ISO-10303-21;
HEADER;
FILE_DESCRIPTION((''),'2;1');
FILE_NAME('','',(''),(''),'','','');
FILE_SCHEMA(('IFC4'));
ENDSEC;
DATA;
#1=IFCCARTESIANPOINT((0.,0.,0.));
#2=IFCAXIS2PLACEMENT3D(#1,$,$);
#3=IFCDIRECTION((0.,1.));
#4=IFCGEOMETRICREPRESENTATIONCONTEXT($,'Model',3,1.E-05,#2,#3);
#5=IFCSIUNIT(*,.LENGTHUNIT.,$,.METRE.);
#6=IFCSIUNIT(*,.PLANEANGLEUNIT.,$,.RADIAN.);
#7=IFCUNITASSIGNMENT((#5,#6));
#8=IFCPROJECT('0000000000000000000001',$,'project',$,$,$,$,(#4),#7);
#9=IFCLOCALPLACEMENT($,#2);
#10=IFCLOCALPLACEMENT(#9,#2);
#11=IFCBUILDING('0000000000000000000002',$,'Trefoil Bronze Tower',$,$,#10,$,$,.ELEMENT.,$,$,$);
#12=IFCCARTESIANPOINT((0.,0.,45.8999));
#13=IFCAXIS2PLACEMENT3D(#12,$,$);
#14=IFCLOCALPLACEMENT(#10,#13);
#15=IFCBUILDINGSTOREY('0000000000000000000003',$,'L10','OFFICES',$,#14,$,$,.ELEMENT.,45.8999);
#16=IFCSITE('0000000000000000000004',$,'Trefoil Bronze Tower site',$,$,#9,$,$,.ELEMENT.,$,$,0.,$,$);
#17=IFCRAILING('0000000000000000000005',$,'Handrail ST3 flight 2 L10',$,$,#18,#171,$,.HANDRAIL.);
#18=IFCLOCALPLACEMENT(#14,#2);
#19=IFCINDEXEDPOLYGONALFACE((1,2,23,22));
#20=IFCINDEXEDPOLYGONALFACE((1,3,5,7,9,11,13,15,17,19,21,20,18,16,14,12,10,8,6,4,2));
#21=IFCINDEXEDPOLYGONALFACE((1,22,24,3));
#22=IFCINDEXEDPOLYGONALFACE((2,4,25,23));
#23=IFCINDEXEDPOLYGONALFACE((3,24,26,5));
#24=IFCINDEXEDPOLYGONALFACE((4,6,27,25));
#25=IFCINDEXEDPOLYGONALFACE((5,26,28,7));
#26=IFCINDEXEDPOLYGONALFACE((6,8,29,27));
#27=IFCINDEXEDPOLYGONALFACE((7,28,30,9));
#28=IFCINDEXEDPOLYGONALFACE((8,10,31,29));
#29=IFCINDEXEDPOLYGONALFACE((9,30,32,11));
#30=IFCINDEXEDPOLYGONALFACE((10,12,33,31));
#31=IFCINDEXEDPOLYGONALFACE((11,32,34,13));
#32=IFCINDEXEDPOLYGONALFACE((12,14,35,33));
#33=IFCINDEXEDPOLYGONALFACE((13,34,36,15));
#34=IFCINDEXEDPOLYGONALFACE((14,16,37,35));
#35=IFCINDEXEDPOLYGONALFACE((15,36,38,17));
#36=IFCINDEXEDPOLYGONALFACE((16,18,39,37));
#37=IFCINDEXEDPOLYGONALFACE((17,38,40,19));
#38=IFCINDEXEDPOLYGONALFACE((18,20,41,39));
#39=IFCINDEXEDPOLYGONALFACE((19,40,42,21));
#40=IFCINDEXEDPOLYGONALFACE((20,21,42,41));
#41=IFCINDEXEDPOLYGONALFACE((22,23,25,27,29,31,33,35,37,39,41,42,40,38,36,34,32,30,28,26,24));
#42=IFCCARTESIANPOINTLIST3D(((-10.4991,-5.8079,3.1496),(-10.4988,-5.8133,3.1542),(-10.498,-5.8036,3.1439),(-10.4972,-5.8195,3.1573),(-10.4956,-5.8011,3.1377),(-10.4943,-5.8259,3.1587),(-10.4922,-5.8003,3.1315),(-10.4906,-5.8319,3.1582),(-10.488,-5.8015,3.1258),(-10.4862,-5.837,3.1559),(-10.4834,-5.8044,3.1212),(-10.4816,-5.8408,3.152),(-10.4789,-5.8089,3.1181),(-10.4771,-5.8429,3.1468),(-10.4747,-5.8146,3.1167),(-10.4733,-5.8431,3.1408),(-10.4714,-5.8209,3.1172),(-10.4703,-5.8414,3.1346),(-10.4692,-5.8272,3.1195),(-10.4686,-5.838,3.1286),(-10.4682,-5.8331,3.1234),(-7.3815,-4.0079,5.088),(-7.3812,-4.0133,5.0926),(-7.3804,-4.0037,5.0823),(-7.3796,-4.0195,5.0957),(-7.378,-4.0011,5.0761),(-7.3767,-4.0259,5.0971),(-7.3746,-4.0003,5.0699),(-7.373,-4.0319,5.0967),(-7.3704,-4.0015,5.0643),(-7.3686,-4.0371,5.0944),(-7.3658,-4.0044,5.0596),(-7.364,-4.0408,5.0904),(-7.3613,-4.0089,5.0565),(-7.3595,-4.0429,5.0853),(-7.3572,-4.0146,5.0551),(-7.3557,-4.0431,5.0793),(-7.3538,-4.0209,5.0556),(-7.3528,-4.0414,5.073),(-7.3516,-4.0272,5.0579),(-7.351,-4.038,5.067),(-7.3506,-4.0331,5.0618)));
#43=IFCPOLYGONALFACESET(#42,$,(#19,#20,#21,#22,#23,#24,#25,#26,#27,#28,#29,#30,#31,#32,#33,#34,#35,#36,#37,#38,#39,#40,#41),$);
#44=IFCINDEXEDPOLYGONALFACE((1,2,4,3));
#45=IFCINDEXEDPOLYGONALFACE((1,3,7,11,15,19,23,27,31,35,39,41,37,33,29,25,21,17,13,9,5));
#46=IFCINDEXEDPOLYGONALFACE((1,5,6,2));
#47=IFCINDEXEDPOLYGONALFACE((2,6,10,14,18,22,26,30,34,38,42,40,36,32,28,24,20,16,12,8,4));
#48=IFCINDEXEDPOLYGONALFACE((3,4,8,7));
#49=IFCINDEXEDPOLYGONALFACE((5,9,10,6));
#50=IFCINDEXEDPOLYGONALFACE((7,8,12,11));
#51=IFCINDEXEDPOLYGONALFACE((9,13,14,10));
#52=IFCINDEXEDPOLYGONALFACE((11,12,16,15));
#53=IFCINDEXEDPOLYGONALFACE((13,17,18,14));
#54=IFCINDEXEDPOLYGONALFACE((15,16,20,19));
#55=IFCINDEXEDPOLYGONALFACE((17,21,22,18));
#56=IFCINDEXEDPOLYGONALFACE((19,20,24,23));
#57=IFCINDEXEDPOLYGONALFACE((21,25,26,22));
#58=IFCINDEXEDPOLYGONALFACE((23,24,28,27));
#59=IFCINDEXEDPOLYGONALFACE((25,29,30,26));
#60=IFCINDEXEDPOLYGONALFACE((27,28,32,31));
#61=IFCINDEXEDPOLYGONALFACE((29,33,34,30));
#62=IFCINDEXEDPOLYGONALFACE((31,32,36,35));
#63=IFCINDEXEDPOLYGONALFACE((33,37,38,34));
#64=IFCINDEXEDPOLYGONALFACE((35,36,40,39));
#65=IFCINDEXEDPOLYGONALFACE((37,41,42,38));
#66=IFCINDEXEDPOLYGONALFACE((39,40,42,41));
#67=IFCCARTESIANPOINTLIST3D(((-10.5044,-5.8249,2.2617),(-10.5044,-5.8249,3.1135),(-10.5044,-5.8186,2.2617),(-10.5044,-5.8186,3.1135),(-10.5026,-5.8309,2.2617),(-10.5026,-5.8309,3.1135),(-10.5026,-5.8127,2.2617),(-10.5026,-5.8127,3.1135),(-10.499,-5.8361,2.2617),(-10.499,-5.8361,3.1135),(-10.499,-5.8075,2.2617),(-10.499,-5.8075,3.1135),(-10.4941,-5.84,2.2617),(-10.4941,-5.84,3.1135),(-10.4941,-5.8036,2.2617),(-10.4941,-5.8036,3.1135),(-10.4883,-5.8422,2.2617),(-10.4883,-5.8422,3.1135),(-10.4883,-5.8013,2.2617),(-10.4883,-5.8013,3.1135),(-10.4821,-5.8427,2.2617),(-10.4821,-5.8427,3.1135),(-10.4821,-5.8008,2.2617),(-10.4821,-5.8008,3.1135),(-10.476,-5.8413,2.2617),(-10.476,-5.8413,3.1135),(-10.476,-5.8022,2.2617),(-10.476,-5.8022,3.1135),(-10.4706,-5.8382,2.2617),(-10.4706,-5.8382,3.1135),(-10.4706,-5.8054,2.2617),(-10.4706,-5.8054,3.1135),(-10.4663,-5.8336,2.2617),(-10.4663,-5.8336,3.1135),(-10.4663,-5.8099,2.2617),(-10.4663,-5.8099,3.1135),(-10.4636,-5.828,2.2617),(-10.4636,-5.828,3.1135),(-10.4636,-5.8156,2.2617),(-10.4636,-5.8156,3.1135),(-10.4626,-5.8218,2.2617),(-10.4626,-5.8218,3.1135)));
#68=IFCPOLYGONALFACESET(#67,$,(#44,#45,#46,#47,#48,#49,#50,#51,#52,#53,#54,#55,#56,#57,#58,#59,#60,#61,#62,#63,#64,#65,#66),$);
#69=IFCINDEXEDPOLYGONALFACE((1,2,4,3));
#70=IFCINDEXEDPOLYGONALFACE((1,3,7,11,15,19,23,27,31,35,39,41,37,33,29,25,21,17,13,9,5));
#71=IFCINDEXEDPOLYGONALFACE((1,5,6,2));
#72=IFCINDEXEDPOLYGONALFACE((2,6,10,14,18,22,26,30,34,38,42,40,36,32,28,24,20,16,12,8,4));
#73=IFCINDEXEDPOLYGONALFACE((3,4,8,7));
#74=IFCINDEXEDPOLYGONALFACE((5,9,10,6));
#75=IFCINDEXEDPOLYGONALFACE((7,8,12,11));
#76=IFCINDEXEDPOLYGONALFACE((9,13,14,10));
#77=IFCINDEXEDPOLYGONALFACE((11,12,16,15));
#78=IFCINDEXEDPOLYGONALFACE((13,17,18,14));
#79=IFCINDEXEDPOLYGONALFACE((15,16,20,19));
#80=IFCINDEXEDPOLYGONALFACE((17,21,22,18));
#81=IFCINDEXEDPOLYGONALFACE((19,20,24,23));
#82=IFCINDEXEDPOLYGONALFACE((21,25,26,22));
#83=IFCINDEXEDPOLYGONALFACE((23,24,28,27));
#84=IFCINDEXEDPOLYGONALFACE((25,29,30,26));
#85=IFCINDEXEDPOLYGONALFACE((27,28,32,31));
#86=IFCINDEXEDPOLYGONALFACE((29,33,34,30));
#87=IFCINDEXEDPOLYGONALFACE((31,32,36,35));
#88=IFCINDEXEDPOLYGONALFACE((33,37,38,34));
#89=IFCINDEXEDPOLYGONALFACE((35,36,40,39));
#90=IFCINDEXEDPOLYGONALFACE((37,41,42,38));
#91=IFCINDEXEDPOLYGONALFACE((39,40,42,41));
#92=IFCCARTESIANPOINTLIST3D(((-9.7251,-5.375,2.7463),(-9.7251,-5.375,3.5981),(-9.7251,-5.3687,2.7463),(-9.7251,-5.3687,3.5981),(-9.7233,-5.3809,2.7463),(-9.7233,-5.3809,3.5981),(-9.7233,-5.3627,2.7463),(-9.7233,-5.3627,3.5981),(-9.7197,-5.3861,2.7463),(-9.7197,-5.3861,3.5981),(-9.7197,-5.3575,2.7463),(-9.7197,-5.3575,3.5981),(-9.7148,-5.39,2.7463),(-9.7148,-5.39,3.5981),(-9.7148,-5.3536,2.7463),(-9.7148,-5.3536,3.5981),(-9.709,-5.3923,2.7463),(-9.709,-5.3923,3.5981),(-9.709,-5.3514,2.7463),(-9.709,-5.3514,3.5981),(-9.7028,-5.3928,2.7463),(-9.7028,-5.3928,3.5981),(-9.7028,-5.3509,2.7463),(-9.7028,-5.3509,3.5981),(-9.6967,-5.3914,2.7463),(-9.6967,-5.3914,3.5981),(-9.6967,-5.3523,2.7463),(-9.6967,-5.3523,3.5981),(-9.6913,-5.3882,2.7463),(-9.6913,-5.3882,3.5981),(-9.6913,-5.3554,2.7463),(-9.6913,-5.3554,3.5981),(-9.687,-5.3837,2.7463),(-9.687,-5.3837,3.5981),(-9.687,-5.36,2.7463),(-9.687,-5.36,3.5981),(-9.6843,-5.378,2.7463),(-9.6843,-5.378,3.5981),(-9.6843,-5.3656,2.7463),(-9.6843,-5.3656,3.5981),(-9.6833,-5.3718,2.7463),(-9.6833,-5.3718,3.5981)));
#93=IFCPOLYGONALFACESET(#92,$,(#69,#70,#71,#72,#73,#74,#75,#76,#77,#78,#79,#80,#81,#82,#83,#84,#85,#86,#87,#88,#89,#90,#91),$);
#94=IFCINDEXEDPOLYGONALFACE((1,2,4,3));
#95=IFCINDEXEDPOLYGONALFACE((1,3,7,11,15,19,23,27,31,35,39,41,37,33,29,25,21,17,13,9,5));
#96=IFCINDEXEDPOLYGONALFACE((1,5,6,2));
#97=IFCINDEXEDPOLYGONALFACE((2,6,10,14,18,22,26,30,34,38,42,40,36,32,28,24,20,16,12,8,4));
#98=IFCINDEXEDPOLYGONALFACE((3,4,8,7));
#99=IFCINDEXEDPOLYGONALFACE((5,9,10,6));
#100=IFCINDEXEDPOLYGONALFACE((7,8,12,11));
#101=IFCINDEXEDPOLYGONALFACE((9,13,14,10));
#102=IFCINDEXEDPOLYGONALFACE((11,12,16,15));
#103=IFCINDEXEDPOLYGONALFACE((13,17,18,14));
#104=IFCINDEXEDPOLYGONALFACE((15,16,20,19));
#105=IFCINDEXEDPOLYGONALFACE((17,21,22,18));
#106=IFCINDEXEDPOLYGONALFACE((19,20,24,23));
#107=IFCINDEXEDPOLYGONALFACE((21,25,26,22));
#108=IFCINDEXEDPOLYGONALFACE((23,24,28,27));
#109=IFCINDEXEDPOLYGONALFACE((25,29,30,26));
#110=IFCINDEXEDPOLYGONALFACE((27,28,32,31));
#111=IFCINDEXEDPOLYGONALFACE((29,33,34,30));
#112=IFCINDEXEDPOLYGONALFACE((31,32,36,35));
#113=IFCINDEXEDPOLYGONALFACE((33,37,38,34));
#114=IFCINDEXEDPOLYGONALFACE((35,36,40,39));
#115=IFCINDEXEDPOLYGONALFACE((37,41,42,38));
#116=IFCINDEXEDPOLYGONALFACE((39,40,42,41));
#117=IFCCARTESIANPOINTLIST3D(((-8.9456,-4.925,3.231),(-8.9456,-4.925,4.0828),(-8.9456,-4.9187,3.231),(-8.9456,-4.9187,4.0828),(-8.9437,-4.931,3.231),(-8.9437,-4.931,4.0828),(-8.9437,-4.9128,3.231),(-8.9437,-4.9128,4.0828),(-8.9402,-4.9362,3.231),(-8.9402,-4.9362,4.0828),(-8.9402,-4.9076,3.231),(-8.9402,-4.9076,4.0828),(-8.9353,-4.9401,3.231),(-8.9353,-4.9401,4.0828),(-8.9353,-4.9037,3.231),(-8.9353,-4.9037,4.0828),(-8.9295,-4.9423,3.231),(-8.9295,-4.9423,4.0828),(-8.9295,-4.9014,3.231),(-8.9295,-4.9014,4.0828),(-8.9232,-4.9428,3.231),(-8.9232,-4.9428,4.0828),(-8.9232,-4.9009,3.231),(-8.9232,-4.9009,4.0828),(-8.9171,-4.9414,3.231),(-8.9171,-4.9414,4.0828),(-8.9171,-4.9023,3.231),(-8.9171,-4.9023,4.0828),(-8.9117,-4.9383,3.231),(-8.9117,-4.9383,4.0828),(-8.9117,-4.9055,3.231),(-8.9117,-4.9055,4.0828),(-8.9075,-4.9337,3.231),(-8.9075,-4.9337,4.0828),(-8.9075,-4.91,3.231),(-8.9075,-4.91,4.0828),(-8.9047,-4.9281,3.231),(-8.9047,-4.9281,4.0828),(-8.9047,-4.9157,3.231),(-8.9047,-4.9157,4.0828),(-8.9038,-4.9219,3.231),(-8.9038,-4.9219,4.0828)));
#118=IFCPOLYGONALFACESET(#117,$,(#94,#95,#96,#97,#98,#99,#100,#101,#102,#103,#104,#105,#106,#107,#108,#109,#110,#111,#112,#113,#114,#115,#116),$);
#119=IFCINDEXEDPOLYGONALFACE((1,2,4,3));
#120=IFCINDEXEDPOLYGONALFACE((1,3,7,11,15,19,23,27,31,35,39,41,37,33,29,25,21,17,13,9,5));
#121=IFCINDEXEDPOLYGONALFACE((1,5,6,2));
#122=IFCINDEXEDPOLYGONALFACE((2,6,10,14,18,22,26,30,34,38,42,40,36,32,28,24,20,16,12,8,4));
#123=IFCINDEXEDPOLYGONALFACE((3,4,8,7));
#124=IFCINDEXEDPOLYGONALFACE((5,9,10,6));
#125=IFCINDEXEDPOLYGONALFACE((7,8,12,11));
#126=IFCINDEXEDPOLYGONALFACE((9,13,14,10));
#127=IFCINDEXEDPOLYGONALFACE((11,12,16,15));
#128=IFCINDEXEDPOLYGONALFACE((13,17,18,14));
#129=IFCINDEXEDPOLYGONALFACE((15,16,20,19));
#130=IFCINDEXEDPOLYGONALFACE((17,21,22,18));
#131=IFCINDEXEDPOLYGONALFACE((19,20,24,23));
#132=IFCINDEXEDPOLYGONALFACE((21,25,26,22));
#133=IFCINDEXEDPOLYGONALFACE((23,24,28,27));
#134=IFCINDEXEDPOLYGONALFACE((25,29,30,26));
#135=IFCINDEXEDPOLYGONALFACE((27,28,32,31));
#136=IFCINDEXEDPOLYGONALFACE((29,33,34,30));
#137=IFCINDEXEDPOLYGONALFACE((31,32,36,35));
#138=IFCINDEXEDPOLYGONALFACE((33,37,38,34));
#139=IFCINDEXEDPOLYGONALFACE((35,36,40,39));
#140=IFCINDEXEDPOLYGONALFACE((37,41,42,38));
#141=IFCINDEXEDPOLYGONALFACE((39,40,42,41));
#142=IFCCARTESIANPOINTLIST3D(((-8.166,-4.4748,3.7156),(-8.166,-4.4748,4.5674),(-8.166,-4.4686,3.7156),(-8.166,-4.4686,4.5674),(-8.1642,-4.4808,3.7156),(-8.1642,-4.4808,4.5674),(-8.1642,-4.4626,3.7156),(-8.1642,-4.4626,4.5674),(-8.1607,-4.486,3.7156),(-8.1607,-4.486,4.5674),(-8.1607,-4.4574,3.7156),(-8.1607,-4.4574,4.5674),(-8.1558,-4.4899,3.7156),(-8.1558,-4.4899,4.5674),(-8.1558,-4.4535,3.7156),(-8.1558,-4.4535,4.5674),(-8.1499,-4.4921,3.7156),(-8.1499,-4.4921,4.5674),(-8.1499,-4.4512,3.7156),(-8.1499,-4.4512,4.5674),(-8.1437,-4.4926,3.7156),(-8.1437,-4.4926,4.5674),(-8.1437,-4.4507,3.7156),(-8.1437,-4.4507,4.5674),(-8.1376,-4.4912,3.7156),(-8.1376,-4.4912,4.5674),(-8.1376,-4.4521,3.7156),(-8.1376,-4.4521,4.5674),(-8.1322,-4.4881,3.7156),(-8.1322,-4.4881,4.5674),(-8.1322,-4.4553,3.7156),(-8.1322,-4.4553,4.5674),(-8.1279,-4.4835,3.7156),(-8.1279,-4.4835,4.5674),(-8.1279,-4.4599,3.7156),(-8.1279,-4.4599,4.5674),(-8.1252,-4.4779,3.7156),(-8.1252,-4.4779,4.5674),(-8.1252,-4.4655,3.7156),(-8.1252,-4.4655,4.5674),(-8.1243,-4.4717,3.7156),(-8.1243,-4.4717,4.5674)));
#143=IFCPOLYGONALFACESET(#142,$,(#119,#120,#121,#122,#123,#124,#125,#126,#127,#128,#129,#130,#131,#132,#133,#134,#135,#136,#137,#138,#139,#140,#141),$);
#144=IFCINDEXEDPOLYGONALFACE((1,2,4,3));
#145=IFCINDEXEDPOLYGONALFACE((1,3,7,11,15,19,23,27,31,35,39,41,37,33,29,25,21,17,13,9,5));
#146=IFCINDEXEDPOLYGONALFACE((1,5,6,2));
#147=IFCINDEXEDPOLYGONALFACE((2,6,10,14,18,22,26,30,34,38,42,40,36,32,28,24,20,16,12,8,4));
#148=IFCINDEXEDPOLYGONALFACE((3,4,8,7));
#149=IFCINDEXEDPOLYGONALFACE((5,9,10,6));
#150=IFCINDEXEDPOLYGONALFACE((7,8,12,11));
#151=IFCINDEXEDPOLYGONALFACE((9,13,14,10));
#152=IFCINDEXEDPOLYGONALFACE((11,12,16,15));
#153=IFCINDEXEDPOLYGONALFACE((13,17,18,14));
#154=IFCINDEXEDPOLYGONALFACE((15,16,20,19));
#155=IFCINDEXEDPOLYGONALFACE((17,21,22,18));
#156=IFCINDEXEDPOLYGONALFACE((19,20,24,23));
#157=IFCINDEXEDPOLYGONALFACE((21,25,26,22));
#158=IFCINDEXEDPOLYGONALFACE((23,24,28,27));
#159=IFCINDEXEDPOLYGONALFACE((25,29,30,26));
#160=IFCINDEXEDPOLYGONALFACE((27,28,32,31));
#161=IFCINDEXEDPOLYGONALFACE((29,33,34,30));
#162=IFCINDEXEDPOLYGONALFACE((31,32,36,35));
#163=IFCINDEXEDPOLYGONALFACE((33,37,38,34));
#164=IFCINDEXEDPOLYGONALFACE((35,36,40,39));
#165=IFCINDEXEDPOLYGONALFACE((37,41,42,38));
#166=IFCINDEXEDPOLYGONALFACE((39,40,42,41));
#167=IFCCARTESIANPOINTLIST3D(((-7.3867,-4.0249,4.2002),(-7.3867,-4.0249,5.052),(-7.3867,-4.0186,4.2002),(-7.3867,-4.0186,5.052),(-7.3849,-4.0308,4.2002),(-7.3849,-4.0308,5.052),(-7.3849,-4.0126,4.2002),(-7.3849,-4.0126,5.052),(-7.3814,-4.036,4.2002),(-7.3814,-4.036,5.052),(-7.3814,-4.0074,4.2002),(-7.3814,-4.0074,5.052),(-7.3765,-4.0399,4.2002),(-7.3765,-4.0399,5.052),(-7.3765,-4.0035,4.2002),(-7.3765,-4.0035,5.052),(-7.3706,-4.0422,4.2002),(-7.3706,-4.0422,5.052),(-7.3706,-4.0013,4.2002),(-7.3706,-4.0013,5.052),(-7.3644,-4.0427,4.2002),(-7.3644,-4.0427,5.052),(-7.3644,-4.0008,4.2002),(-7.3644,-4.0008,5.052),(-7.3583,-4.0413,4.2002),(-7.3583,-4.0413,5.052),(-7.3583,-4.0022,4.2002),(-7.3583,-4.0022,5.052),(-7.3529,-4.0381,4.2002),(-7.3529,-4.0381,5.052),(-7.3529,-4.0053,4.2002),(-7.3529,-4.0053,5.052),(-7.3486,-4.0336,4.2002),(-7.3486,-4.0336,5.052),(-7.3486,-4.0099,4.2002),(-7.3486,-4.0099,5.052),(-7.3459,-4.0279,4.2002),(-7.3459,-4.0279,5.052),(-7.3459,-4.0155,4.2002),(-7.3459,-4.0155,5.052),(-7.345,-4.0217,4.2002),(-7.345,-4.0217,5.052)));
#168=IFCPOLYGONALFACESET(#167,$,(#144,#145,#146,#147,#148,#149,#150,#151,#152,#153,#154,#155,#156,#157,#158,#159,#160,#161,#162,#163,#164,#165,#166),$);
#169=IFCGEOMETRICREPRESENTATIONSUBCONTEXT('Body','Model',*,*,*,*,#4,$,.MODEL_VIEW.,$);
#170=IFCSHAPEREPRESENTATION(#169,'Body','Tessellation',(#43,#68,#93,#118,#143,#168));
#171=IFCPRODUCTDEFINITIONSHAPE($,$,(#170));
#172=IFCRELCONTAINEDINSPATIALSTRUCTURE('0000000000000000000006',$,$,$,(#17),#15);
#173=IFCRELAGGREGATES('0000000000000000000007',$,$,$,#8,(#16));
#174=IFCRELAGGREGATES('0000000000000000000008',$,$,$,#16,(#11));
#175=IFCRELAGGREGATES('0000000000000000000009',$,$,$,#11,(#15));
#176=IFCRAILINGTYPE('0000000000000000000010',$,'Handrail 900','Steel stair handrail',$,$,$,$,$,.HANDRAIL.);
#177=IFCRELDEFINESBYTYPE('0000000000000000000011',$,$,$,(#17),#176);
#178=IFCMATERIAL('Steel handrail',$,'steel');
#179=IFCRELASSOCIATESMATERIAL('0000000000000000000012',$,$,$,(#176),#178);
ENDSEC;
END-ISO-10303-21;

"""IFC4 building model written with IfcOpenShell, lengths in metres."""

from ifc_helpers import new_model, si_unit, direction, frame, origin, origin_2d, place, context, subcontext, project, spatial, circle, extrude, material, type_object, element, save


model = new_model("IFC4")

# Units and contexts
model_context = context("Model", 3, precision=1e-05, world=origin(), true_north=direction((0.0, 1.0)))
body_context = subcontext(model_context, "Body", "Model", "MODEL_VIEW")
ifc_project = project(units=[si_unit("LENGTHUNIT", "METRE"), si_unit("PLANEANGLEUNIT", "RADIAN")], contexts=[model_context])

# Site, building, storey
site_placement = place(None, origin())
site = spatial("IfcSite", under=ifc_project, at=site_placement, Name="Trefoil Bronze Tower site", CompositionType="ELEMENT", RefElevation=0.0)
building_placement = place(site_placement, origin())
building = spatial("IfcBuilding", under=site, at=building_placement, Name="Trefoil Bronze Tower", CompositionType="ELEMENT")
storey_placement = place(building_placement, frame((0.0, 0.0, 45.8999)))
storey = spatial("IfcBuildingStorey", under=building, at=storey_placement, Name="L10", Description="OFFICES", CompositionType="ELEMENT", Elevation=45.8999)

# Railing
ifc_material_1 = material(Name="Steel handrail", Category="steel")
railing_type = type_object("IfcRailingType", Name="Handrail 900", Description="Steel stair handrail", PredefinedType="HANDRAIL", material=ifc_material_1)
railing_placement = place(storey_placement, frame((-10.4836, -5.8218, 2.2617)))
element("IfcRailing", 1, at=railing_placement, inside=storey, type_object=railing_type, Name="Handrail ST3 flight 2 L10", PredefinedType="HANDRAIL", context=body_context, shape_type="SweptSolid", body=[
    extrude(circle(Radius=0.0239, at=origin_2d()), frame((0.0, 0.0, 0.876), z_axis=(0.762503, 0.440246, 0.474102), x_axis=(-0.500012, 0.866018, 0.0)), (0.0, 0.0, 1.0), 4.0886),
    extrude(circle(Radius=0.021, at=origin_2d()), origin(), (0.0, 0.0, 1.0), 0.8518),
    extrude(circle(Radius=0.021, at=origin_2d()), frame((0.7793, 0.45, 0.4846)), (0.0, 0.0, 1.0), 0.8518),
    extrude(circle(Radius=0.021, at=origin_2d()), frame((1.5588, 0.8999, 0.9692)), (0.0, 0.0, 1.0), 0.8518),
    extrude(circle(Radius=0.021, at=origin_2d()), frame((2.3384, 1.3501, 1.4539)), (0.0, 0.0, 1.0), 0.8518),
    extrude(circle(Radius=0.021, at=origin_2d()), frame((3.1177, 1.8, 1.9385)), (0.0, 0.0, 1.0), 0.8518),
])

save(model, "model.ifc")
